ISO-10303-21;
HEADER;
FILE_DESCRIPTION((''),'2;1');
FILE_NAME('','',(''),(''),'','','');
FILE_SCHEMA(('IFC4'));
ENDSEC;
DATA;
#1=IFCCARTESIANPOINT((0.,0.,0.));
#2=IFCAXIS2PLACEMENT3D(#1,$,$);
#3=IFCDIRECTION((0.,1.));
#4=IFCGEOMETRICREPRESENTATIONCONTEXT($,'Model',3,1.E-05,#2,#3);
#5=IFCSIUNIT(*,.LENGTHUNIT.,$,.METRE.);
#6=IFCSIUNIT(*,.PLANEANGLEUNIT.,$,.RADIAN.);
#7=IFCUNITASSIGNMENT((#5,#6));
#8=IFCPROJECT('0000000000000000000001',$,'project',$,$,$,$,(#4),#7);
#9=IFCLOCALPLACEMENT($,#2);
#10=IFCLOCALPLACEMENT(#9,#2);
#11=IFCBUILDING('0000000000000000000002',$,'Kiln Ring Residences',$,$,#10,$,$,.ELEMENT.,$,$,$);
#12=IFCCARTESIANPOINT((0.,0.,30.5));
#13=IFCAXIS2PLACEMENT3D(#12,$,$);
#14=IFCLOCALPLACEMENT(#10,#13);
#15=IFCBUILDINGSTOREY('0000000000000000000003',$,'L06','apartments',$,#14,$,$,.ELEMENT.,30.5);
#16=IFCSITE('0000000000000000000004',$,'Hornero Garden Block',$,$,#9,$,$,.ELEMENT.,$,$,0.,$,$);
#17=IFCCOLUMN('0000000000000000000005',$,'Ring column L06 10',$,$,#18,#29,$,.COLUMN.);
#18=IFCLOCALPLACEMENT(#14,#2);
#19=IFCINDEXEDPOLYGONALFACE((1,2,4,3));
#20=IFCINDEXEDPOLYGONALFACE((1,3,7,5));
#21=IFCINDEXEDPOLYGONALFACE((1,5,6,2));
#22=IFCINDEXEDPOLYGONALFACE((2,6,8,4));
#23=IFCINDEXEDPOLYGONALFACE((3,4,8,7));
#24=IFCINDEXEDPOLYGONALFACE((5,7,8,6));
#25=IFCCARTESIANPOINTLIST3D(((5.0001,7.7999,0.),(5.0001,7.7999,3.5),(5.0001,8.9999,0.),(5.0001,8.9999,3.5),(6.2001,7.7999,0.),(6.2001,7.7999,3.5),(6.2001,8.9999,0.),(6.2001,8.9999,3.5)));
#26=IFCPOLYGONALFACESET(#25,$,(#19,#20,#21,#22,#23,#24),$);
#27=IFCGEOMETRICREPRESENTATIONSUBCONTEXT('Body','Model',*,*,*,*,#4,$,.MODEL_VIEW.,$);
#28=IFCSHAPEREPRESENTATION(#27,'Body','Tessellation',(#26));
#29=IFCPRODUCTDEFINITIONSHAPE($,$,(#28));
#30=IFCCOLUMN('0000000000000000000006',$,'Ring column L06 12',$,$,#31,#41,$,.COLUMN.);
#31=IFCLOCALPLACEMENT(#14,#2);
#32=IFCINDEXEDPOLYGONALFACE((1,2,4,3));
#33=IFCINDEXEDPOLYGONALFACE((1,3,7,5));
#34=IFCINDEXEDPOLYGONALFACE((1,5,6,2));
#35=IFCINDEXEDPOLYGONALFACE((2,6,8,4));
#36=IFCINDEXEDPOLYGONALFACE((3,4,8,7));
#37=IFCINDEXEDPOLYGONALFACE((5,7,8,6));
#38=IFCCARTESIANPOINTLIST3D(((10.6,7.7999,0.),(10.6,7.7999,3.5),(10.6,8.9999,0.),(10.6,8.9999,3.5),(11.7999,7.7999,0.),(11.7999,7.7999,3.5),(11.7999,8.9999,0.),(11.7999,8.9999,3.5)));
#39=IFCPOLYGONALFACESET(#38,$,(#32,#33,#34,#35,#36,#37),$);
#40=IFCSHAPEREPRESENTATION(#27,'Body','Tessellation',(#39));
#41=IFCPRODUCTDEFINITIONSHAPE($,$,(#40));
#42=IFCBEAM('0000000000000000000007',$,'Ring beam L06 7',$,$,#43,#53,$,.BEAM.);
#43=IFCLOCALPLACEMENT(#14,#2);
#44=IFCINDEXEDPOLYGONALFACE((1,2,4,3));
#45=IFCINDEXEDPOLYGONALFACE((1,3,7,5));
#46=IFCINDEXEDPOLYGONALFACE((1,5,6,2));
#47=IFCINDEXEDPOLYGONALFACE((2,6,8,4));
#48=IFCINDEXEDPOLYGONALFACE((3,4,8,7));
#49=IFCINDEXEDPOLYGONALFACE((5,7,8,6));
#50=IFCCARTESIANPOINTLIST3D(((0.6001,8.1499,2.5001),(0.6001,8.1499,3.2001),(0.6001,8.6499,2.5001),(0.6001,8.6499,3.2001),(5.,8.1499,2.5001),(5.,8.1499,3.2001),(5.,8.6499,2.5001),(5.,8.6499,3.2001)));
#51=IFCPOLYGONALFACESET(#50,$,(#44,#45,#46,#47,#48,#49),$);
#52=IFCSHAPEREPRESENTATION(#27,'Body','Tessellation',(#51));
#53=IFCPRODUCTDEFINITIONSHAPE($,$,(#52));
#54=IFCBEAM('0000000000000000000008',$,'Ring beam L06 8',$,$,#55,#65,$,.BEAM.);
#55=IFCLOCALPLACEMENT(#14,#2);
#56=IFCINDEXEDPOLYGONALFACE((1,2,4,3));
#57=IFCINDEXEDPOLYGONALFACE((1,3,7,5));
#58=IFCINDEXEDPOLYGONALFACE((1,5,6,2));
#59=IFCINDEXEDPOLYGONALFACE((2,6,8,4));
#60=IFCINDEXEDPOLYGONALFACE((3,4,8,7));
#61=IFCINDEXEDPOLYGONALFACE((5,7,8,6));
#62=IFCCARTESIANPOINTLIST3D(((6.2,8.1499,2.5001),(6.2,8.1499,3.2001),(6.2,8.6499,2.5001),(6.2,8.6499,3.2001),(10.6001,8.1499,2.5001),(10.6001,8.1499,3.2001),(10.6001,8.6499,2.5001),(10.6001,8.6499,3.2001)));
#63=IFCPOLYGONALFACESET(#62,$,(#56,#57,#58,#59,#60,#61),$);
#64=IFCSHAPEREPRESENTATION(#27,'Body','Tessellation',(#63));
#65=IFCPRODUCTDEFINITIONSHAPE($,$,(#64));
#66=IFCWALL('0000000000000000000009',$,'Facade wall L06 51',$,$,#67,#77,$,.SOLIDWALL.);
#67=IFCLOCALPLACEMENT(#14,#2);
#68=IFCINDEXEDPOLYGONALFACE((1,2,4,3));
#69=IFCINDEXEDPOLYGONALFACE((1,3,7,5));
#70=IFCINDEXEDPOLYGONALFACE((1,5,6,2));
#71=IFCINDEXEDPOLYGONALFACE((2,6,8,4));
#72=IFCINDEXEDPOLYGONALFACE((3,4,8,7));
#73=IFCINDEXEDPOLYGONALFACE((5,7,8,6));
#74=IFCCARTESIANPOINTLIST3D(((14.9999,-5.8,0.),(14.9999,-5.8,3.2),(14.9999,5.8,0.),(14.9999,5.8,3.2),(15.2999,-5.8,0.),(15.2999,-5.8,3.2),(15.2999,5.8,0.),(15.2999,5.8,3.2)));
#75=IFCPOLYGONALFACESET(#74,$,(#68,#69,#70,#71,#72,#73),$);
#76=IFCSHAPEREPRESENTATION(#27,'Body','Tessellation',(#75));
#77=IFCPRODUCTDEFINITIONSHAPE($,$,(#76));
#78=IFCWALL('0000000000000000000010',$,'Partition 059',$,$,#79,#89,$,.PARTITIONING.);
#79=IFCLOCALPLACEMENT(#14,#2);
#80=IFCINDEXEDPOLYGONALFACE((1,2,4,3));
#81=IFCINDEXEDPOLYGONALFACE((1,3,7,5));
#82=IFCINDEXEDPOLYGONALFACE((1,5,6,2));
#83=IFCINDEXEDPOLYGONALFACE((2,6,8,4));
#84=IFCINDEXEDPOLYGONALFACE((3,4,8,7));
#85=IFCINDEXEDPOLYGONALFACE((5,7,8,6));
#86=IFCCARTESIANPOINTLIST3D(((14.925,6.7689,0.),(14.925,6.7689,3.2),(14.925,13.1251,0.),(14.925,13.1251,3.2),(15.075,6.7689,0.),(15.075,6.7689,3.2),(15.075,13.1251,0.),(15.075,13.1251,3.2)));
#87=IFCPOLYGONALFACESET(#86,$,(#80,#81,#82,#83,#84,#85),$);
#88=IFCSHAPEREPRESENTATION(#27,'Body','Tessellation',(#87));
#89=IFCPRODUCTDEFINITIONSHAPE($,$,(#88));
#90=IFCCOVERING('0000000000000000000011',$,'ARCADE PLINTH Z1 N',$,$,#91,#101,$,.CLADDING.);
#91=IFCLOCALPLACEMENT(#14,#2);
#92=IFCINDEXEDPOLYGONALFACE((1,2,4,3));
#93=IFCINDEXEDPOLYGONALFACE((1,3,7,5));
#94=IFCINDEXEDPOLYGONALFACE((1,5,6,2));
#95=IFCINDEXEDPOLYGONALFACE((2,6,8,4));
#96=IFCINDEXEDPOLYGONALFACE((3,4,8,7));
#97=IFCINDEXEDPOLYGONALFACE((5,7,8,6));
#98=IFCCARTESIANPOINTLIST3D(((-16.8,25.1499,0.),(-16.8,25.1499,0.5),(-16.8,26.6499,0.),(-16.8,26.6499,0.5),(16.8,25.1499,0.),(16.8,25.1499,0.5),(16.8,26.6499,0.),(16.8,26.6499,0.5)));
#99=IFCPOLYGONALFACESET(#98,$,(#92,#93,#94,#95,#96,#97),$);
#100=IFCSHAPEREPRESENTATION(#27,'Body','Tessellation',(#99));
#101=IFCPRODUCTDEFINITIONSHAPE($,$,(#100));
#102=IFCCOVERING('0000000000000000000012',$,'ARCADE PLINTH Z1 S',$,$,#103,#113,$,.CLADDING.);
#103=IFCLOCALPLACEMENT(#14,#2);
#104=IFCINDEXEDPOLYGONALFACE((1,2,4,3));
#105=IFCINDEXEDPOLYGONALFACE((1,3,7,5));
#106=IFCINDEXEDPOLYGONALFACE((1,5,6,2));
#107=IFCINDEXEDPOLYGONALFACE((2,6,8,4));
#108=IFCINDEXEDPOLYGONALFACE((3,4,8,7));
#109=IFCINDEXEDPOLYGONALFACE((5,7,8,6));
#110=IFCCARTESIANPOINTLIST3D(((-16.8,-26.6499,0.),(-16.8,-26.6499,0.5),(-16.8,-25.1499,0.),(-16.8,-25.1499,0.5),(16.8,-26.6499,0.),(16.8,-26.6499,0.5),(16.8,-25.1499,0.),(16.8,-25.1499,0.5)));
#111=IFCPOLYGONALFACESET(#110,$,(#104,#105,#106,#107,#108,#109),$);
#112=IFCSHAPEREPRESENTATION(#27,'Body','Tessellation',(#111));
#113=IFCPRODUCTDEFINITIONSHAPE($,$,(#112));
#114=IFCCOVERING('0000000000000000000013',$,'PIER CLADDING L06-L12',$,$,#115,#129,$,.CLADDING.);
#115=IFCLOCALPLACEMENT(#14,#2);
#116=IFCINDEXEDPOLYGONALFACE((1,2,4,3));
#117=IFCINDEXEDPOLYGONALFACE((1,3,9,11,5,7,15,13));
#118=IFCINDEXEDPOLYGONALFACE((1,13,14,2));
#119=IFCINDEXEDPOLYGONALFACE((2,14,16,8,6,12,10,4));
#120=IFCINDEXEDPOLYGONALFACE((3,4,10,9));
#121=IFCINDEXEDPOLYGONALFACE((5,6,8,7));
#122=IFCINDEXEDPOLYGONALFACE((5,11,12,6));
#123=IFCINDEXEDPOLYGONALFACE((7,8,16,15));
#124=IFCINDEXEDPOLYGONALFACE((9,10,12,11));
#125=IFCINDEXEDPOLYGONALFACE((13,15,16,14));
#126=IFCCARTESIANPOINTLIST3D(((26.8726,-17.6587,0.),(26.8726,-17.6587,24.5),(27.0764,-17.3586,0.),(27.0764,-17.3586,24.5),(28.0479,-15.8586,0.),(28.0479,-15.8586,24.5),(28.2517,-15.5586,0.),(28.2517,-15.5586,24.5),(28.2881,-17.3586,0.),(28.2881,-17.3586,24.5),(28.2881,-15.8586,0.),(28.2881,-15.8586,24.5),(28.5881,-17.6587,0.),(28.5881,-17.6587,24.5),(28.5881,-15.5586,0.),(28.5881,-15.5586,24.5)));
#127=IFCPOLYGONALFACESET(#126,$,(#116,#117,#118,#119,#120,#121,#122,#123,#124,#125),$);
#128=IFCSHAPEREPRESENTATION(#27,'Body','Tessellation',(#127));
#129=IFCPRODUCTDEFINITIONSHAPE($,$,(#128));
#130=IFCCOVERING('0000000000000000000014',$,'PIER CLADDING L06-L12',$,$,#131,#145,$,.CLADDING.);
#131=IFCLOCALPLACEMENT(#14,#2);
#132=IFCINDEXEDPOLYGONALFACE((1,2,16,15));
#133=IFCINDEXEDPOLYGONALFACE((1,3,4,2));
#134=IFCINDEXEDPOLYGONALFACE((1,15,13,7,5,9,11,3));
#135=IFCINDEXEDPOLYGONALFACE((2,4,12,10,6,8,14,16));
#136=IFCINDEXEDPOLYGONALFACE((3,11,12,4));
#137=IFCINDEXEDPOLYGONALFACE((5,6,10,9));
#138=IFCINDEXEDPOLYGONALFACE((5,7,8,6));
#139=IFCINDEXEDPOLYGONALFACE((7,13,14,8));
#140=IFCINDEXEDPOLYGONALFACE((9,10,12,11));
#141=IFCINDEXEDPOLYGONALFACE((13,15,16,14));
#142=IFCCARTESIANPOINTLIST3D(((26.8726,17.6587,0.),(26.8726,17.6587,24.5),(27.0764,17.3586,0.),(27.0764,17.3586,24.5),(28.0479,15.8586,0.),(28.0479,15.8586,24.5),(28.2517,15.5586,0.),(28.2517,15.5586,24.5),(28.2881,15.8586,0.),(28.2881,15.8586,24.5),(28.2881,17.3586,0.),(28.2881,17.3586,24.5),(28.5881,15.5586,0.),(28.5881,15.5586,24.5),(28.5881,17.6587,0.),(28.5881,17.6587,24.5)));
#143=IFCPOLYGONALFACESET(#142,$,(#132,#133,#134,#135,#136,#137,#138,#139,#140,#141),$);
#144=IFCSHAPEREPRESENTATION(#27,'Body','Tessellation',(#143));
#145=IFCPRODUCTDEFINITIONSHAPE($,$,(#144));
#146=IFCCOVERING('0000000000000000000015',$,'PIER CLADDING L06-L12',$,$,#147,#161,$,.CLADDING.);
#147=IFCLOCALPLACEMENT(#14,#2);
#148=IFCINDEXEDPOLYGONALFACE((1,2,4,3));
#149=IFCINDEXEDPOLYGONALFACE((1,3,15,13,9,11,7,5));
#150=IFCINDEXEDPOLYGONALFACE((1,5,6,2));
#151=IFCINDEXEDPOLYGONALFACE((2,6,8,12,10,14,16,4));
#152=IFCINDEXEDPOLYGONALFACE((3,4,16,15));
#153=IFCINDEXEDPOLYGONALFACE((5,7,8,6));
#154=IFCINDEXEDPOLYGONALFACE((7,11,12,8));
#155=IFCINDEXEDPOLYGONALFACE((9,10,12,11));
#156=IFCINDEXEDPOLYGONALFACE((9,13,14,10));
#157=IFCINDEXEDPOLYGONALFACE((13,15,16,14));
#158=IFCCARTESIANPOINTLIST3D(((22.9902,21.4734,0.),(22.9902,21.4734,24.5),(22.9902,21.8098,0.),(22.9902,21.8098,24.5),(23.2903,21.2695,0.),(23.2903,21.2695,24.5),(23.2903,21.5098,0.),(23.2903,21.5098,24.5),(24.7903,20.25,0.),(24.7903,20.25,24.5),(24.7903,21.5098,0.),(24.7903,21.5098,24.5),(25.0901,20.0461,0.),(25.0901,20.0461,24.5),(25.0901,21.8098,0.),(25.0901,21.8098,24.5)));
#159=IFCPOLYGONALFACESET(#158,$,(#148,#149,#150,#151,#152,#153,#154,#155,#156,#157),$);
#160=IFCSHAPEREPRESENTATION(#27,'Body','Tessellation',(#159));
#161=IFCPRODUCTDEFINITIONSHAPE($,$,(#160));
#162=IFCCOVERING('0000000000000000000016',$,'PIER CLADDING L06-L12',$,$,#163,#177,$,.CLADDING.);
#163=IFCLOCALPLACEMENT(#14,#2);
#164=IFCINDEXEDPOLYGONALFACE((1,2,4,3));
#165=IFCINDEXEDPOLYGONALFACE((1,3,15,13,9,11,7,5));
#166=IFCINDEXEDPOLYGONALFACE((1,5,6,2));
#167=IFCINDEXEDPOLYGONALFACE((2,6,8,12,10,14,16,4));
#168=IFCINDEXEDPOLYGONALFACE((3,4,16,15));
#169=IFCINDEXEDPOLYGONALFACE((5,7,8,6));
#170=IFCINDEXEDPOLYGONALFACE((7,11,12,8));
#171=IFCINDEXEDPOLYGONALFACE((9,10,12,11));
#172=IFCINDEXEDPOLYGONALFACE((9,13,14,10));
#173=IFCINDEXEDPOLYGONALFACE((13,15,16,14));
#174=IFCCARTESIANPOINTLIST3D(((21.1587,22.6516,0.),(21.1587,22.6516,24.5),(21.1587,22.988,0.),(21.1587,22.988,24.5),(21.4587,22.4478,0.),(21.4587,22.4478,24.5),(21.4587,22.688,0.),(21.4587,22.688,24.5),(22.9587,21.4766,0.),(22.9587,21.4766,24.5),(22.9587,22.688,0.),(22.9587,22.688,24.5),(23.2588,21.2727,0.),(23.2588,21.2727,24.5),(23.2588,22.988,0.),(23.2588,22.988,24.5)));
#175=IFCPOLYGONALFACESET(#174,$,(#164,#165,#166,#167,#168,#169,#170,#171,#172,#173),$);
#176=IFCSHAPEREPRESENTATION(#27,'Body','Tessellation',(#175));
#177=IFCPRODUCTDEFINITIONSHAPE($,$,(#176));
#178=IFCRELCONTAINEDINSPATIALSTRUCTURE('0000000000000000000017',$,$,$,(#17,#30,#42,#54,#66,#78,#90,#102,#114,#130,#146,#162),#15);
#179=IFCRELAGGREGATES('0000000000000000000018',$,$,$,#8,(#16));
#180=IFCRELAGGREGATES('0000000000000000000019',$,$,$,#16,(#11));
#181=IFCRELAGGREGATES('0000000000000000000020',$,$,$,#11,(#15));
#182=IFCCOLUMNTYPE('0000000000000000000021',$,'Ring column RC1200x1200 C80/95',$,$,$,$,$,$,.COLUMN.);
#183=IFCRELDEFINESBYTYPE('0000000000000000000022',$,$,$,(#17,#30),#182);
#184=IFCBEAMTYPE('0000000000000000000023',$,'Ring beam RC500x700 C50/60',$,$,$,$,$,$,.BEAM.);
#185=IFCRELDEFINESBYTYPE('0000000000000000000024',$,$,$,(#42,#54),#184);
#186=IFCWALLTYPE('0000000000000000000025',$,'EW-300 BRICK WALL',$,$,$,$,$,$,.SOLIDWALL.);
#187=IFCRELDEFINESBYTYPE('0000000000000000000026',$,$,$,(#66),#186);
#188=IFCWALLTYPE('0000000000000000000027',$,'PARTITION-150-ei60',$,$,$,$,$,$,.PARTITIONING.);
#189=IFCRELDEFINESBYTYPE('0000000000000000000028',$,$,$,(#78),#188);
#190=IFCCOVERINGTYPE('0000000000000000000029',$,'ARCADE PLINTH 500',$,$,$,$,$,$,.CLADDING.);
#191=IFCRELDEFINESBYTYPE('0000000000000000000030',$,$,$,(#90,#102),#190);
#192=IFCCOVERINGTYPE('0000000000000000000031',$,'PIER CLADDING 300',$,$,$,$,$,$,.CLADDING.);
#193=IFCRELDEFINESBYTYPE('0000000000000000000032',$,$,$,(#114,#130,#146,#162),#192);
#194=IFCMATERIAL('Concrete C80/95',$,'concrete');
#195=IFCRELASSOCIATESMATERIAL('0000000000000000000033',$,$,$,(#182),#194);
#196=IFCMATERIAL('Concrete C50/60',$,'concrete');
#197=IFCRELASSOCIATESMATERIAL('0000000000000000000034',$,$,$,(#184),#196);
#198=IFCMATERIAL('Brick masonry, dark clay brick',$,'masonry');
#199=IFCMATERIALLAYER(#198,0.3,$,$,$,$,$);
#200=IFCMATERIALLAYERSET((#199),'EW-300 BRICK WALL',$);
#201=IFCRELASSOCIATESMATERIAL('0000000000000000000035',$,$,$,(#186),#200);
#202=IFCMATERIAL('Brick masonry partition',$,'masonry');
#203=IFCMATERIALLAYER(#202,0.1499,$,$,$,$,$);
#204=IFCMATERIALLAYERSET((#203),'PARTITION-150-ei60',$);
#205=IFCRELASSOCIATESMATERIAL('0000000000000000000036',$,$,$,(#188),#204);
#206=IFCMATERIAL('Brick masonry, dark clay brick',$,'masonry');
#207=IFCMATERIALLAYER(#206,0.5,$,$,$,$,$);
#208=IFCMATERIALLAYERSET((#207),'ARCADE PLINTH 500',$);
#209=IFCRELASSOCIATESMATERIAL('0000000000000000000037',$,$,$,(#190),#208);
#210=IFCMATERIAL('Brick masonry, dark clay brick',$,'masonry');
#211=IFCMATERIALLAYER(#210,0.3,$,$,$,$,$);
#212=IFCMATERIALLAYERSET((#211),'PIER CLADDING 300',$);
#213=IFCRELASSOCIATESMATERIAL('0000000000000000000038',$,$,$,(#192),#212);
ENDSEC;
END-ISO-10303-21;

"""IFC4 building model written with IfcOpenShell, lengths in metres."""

from ifc_helpers import new_model, si_unit, direction, frame, frame_2d, origin, origin_2d, place, context, subcontext, project, spatial, polyline, rectangle, outline, extrude, material, layer, layer_set, material_profile, profile_set, type_object, element, save


model = new_model("IFC4")

# Units and contexts
model_context = context("Model", 3, precision=1e-05, world=origin(), true_north=direction((0.0, 1.0)))
body_context = subcontext(model_context, "Body", "Model", "MODEL_VIEW")
ifc_project = project(units=[si_unit("LENGTHUNIT", "METRE"), si_unit("PLANEANGLEUNIT", "RADIAN")], contexts=[model_context])

# Site, building, storey
site_placement = place(None, origin())
site = spatial("IfcSite", under=ifc_project, at=site_placement, Name="Hornero Garden Block", CompositionType="ELEMENT", RefElevation=0.0)
building_placement = place(site_placement, origin())
building = spatial("IfcBuilding", under=site, at=building_placement, Name="Kiln Ring Residences", CompositionType="ELEMENT")
storey_placement = place(building_placement, frame((0.0, 0.0, 30.5)))
storey = spatial("IfcBuildingStorey", under=building, at=storey_placement, Name="L06", Description="apartments", CompositionType="ELEMENT", Elevation=30.5)

# Columns
ifc_material_1 = material(Name="Concrete C80/95", Category="concrete")
ifc_material_profile_1 = material_profile(ifc_material_1, rectangle(XDim=1.2, YDim=1.2, at=origin_2d()), Name="RC1200x1200")
ifc_profile_set_1 = profile_set([ifc_material_profile_1], Name="Concrete C80/95")
column_type = type_object("IfcColumnType", Name="Ring column RC1200x1200 C80/95", PredefinedType="COLUMN", material=ifc_profile_set_1)
for number, where, z_axis, x_axis, name in (
    (1, (5.6001, 8.3999, 0.0), (0.0, 0.0, 1.0), (1.0, 0.0, 0.0), "Ring column L06 10"),
    (2, (11.2, 8.3999, 0.0), (0.0, 0.0, 1.0), (1.0, 0.0, 0.0), "Ring column L06 12"),
):
    element("IfcColumn", number, at=place(storey_placement, frame(where, z_axis=z_axis, x_axis=x_axis)), inside=storey, type_object=column_type, Name=name, PredefinedType="COLUMN", context=body_context, shape_type="SweptSolid", body=[
        extrude(rectangle(XDim=1.2, YDim=1.2, at=origin_2d()), origin(), (0.0, 0.0, 1.0), 3.5),
    ])

# Beams
ifc_material_2 = material(Name="Concrete C50/60", Category="concrete")
ifc_material_profile_2 = material_profile(ifc_material_2, rectangle(XDim=0.5, YDim=0.7, at=origin_2d()), Name="RC500x700")
ifc_profile_set_2 = profile_set([ifc_material_profile_2], Name="Concrete C50/60")
beam_type = type_object("IfcBeamType", Name="Ring beam RC500x700 C50/60", PredefinedType="BEAM", material=ifc_profile_set_2)
beam_1_placement = place(storey_placement, frame((0.6001, 8.3999, 2.8501), z_axis=(1.0, 0.0, 0.0), x_axis=(0.0, 1.0, 0.0)))
element("IfcBeam", 3, at=beam_1_placement, inside=storey, type_object=beam_type, Name="Ring beam L06 7", PredefinedType="BEAM", context=body_context, shape_type="SweptSolid", body=[
    extrude(rectangle(XDim=0.5, YDim=0.7, at=origin_2d()), origin(), (0.0, 0.0, 1.0), 4.3999),
])
beam_2_placement = place(storey_placement, frame((6.2, 8.3999, 2.8501), z_axis=(1.0, 0.0, 0.0), x_axis=(0.0, 1.0, 0.0)))
element("IfcBeam", 4, at=beam_2_placement, inside=storey, type_object=beam_type, Name="Ring beam L06 8", PredefinedType="BEAM", context=body_context, shape_type="SweptSolid", body=[
    extrude(rectangle(XDim=0.5, YDim=0.7, at=origin_2d()), origin(), (0.0, 0.0, 1.0), 4.4001),
])

# Walls
ifc_material_3 = material(Name="Brick masonry, dark clay brick", Category="masonry")
ifc_layer_1 = layer(ifc_material_3, 0.3)
ifc_layer_set_1 = layer_set([ifc_layer_1], Name="EW-300 BRICK WALL")
wall_type_1 = type_object("IfcWallType", Name="EW-300 BRICK WALL", PredefinedType="SOLIDWALL", material=ifc_layer_set_1)
wall_1_placement = place(storey_placement, frame((15.1499, 5.8, 0.0), z_axis=(0.0, 0.0, 1.0), x_axis=(0.0, -1.0, 0.0)))
element("IfcWall", 5, at=wall_1_placement, inside=storey, type_object=wall_type_1, Name="Facade wall L06 51", PredefinedType="SOLIDWALL", context=body_context, shape_type="SweptSolid", body=[
    extrude(rectangle(XDim=11.6001, YDim=0.3, at=frame_2d((5.8, 0.0))), origin(), (0.0, 0.0, 1.0), 3.2),
])
ifc_material_4 = material(Name="Brick masonry partition", Category="masonry")
ifc_layer_2 = layer(ifc_material_4, 0.1499)
ifc_layer_set_2 = layer_set([ifc_layer_2], Name="PARTITION-150-ei60")
wall_type_2 = type_object("IfcWallType", Name="PARTITION-150-ei60", PredefinedType="PARTITIONING", material=ifc_layer_set_2)
wall_2_placement = place(storey_placement, frame((15.0, 6.7688, 0.0), z_axis=(0.0, 0.0, 1.0), x_axis=(0.0, 1.0, 0.0)))
element("IfcWall", 6, at=wall_2_placement, inside=storey, type_object=wall_type_2, Name="Partition 059", PredefinedType="PARTITIONING", context=body_context, shape_type="SweptSolid", body=[
    extrude(rectangle(XDim=6.3562, YDim=0.1499, at=frame_2d((3.1782, 0.0))), origin(), (0.0, 0.0, 1.0), 3.2),
])

# Coverings
ifc_material_5 = material(Name="Brick masonry, dark clay brick", Category="masonry")
ifc_layer_3 = layer(ifc_material_5, 0.5)
ifc_layer_set_3 = layer_set([ifc_layer_3], Name="ARCADE PLINTH 500")
covering_type_1 = type_object("IfcCoveringType", Name="ARCADE PLINTH 500", PredefinedType="CLADDING", material=ifc_layer_set_3)
placement = place(storey_placement, origin())
element("IfcCovering", 7, at=placement, inside=storey, type_object=covering_type_1, Name="ARCADE PLINTH Z1 N", PredefinedType="CLADDING", context=body_context, shape_type="SweptSolid", body=[
    extrude(outline(polyline([(-16.8, 25.1499), (16.8, 25.1499), (16.8, 26.6499), (-16.8, 26.6499), (-16.8, 25.1499)])), origin(), (0.0, 0.0, 1.0), 0.5),
])
element("IfcCovering", 8, at=placement, inside=storey, type_object=covering_type_1, Name="ARCADE PLINTH Z1 S", PredefinedType="CLADDING", context=body_context, shape_type="SweptSolid", body=[
    extrude(outline(polyline([(-16.8, -26.6499), (16.8, -26.6499), (16.8, -25.1499), (-16.8, -25.1499), (-16.8, -26.6499)])), origin(), (0.0, 0.0, 1.0), 0.5),
])
ifc_material_6 = material(Name="Brick masonry, dark clay brick", Category="masonry")
ifc_layer_4 = layer(ifc_material_6, 0.3)
ifc_layer_set_4 = layer_set([ifc_layer_4], Name="PIER CLADDING 300")
covering_type_2 = type_object("IfcCoveringType", Name="PIER CLADDING 300", PredefinedType="CLADDING", material=ifc_layer_set_4)
element("IfcCovering", 9, at=placement, inside=storey, type_object=covering_type_2, Name="PIER CLADDING L06-L12", PredefinedType="CLADDING", context=body_context, shape_type="SweptSolid", body=[
    extrude(outline(polyline([(28.5881, -17.6587), (28.5881, -15.5586), (28.2517, -15.5586), (28.0479, -15.8586), (28.2881, -15.8586), (28.2881, -17.3586), (27.0764, -17.3586), (26.8726, -17.6587), (28.5881, -17.6587)])), origin(), (0.0, 0.0, 1.0), 24.5),
])
element("IfcCovering", 10, at=placement, inside=storey, type_object=covering_type_2, Name="PIER CLADDING L06-L12", PredefinedType="CLADDING", context=body_context, shape_type="SweptSolid", body=[
    extrude(outline(polyline([(28.5881, 15.5586), (28.5881, 17.6587), (26.8726, 17.6587), (27.0764, 17.3586), (28.2881, 17.3586), (28.2881, 15.8586), (28.0479, 15.8586), (28.2517, 15.5586), (28.5881, 15.5586)])), origin(), (0.0, 0.0, 1.0), 24.5),
])
element("IfcCovering", 11, at=placement, inside=storey, type_object=covering_type_2, Name="PIER CLADDING L06-L12", PredefinedType="CLADDING", context=body_context, shape_type="SweptSolid", body=[
    extrude(outline(polyline([(25.0901, 21.8098), (22.9902, 21.8098), (22.9902, 21.4734), (23.2903, 21.2695), (23.2903, 21.5098), (24.7903, 21.5098), (24.7903, 20.25), (25.0901, 20.0461), (25.0901, 21.8098)])), origin(), (0.0, 0.0, 1.0), 24.5),
])
element("IfcCovering", 12, at=placement, inside=storey, type_object=covering_type_2, Name="PIER CLADDING L06-L12", PredefinedType="CLADDING", context=body_context, shape_type="SweptSolid", body=[
    extrude(outline(polyline([(23.2588, 22.988), (21.1587, 22.988), (21.1587, 22.6516), (21.4587, 22.4478), (21.4587, 22.688), (22.9587, 22.688), (22.9587, 21.4766), (23.2588, 21.2727), (23.2588, 22.988)])), origin(), (0.0, 0.0, 1.0), 24.5),
])

save(model, "model.ifc")
